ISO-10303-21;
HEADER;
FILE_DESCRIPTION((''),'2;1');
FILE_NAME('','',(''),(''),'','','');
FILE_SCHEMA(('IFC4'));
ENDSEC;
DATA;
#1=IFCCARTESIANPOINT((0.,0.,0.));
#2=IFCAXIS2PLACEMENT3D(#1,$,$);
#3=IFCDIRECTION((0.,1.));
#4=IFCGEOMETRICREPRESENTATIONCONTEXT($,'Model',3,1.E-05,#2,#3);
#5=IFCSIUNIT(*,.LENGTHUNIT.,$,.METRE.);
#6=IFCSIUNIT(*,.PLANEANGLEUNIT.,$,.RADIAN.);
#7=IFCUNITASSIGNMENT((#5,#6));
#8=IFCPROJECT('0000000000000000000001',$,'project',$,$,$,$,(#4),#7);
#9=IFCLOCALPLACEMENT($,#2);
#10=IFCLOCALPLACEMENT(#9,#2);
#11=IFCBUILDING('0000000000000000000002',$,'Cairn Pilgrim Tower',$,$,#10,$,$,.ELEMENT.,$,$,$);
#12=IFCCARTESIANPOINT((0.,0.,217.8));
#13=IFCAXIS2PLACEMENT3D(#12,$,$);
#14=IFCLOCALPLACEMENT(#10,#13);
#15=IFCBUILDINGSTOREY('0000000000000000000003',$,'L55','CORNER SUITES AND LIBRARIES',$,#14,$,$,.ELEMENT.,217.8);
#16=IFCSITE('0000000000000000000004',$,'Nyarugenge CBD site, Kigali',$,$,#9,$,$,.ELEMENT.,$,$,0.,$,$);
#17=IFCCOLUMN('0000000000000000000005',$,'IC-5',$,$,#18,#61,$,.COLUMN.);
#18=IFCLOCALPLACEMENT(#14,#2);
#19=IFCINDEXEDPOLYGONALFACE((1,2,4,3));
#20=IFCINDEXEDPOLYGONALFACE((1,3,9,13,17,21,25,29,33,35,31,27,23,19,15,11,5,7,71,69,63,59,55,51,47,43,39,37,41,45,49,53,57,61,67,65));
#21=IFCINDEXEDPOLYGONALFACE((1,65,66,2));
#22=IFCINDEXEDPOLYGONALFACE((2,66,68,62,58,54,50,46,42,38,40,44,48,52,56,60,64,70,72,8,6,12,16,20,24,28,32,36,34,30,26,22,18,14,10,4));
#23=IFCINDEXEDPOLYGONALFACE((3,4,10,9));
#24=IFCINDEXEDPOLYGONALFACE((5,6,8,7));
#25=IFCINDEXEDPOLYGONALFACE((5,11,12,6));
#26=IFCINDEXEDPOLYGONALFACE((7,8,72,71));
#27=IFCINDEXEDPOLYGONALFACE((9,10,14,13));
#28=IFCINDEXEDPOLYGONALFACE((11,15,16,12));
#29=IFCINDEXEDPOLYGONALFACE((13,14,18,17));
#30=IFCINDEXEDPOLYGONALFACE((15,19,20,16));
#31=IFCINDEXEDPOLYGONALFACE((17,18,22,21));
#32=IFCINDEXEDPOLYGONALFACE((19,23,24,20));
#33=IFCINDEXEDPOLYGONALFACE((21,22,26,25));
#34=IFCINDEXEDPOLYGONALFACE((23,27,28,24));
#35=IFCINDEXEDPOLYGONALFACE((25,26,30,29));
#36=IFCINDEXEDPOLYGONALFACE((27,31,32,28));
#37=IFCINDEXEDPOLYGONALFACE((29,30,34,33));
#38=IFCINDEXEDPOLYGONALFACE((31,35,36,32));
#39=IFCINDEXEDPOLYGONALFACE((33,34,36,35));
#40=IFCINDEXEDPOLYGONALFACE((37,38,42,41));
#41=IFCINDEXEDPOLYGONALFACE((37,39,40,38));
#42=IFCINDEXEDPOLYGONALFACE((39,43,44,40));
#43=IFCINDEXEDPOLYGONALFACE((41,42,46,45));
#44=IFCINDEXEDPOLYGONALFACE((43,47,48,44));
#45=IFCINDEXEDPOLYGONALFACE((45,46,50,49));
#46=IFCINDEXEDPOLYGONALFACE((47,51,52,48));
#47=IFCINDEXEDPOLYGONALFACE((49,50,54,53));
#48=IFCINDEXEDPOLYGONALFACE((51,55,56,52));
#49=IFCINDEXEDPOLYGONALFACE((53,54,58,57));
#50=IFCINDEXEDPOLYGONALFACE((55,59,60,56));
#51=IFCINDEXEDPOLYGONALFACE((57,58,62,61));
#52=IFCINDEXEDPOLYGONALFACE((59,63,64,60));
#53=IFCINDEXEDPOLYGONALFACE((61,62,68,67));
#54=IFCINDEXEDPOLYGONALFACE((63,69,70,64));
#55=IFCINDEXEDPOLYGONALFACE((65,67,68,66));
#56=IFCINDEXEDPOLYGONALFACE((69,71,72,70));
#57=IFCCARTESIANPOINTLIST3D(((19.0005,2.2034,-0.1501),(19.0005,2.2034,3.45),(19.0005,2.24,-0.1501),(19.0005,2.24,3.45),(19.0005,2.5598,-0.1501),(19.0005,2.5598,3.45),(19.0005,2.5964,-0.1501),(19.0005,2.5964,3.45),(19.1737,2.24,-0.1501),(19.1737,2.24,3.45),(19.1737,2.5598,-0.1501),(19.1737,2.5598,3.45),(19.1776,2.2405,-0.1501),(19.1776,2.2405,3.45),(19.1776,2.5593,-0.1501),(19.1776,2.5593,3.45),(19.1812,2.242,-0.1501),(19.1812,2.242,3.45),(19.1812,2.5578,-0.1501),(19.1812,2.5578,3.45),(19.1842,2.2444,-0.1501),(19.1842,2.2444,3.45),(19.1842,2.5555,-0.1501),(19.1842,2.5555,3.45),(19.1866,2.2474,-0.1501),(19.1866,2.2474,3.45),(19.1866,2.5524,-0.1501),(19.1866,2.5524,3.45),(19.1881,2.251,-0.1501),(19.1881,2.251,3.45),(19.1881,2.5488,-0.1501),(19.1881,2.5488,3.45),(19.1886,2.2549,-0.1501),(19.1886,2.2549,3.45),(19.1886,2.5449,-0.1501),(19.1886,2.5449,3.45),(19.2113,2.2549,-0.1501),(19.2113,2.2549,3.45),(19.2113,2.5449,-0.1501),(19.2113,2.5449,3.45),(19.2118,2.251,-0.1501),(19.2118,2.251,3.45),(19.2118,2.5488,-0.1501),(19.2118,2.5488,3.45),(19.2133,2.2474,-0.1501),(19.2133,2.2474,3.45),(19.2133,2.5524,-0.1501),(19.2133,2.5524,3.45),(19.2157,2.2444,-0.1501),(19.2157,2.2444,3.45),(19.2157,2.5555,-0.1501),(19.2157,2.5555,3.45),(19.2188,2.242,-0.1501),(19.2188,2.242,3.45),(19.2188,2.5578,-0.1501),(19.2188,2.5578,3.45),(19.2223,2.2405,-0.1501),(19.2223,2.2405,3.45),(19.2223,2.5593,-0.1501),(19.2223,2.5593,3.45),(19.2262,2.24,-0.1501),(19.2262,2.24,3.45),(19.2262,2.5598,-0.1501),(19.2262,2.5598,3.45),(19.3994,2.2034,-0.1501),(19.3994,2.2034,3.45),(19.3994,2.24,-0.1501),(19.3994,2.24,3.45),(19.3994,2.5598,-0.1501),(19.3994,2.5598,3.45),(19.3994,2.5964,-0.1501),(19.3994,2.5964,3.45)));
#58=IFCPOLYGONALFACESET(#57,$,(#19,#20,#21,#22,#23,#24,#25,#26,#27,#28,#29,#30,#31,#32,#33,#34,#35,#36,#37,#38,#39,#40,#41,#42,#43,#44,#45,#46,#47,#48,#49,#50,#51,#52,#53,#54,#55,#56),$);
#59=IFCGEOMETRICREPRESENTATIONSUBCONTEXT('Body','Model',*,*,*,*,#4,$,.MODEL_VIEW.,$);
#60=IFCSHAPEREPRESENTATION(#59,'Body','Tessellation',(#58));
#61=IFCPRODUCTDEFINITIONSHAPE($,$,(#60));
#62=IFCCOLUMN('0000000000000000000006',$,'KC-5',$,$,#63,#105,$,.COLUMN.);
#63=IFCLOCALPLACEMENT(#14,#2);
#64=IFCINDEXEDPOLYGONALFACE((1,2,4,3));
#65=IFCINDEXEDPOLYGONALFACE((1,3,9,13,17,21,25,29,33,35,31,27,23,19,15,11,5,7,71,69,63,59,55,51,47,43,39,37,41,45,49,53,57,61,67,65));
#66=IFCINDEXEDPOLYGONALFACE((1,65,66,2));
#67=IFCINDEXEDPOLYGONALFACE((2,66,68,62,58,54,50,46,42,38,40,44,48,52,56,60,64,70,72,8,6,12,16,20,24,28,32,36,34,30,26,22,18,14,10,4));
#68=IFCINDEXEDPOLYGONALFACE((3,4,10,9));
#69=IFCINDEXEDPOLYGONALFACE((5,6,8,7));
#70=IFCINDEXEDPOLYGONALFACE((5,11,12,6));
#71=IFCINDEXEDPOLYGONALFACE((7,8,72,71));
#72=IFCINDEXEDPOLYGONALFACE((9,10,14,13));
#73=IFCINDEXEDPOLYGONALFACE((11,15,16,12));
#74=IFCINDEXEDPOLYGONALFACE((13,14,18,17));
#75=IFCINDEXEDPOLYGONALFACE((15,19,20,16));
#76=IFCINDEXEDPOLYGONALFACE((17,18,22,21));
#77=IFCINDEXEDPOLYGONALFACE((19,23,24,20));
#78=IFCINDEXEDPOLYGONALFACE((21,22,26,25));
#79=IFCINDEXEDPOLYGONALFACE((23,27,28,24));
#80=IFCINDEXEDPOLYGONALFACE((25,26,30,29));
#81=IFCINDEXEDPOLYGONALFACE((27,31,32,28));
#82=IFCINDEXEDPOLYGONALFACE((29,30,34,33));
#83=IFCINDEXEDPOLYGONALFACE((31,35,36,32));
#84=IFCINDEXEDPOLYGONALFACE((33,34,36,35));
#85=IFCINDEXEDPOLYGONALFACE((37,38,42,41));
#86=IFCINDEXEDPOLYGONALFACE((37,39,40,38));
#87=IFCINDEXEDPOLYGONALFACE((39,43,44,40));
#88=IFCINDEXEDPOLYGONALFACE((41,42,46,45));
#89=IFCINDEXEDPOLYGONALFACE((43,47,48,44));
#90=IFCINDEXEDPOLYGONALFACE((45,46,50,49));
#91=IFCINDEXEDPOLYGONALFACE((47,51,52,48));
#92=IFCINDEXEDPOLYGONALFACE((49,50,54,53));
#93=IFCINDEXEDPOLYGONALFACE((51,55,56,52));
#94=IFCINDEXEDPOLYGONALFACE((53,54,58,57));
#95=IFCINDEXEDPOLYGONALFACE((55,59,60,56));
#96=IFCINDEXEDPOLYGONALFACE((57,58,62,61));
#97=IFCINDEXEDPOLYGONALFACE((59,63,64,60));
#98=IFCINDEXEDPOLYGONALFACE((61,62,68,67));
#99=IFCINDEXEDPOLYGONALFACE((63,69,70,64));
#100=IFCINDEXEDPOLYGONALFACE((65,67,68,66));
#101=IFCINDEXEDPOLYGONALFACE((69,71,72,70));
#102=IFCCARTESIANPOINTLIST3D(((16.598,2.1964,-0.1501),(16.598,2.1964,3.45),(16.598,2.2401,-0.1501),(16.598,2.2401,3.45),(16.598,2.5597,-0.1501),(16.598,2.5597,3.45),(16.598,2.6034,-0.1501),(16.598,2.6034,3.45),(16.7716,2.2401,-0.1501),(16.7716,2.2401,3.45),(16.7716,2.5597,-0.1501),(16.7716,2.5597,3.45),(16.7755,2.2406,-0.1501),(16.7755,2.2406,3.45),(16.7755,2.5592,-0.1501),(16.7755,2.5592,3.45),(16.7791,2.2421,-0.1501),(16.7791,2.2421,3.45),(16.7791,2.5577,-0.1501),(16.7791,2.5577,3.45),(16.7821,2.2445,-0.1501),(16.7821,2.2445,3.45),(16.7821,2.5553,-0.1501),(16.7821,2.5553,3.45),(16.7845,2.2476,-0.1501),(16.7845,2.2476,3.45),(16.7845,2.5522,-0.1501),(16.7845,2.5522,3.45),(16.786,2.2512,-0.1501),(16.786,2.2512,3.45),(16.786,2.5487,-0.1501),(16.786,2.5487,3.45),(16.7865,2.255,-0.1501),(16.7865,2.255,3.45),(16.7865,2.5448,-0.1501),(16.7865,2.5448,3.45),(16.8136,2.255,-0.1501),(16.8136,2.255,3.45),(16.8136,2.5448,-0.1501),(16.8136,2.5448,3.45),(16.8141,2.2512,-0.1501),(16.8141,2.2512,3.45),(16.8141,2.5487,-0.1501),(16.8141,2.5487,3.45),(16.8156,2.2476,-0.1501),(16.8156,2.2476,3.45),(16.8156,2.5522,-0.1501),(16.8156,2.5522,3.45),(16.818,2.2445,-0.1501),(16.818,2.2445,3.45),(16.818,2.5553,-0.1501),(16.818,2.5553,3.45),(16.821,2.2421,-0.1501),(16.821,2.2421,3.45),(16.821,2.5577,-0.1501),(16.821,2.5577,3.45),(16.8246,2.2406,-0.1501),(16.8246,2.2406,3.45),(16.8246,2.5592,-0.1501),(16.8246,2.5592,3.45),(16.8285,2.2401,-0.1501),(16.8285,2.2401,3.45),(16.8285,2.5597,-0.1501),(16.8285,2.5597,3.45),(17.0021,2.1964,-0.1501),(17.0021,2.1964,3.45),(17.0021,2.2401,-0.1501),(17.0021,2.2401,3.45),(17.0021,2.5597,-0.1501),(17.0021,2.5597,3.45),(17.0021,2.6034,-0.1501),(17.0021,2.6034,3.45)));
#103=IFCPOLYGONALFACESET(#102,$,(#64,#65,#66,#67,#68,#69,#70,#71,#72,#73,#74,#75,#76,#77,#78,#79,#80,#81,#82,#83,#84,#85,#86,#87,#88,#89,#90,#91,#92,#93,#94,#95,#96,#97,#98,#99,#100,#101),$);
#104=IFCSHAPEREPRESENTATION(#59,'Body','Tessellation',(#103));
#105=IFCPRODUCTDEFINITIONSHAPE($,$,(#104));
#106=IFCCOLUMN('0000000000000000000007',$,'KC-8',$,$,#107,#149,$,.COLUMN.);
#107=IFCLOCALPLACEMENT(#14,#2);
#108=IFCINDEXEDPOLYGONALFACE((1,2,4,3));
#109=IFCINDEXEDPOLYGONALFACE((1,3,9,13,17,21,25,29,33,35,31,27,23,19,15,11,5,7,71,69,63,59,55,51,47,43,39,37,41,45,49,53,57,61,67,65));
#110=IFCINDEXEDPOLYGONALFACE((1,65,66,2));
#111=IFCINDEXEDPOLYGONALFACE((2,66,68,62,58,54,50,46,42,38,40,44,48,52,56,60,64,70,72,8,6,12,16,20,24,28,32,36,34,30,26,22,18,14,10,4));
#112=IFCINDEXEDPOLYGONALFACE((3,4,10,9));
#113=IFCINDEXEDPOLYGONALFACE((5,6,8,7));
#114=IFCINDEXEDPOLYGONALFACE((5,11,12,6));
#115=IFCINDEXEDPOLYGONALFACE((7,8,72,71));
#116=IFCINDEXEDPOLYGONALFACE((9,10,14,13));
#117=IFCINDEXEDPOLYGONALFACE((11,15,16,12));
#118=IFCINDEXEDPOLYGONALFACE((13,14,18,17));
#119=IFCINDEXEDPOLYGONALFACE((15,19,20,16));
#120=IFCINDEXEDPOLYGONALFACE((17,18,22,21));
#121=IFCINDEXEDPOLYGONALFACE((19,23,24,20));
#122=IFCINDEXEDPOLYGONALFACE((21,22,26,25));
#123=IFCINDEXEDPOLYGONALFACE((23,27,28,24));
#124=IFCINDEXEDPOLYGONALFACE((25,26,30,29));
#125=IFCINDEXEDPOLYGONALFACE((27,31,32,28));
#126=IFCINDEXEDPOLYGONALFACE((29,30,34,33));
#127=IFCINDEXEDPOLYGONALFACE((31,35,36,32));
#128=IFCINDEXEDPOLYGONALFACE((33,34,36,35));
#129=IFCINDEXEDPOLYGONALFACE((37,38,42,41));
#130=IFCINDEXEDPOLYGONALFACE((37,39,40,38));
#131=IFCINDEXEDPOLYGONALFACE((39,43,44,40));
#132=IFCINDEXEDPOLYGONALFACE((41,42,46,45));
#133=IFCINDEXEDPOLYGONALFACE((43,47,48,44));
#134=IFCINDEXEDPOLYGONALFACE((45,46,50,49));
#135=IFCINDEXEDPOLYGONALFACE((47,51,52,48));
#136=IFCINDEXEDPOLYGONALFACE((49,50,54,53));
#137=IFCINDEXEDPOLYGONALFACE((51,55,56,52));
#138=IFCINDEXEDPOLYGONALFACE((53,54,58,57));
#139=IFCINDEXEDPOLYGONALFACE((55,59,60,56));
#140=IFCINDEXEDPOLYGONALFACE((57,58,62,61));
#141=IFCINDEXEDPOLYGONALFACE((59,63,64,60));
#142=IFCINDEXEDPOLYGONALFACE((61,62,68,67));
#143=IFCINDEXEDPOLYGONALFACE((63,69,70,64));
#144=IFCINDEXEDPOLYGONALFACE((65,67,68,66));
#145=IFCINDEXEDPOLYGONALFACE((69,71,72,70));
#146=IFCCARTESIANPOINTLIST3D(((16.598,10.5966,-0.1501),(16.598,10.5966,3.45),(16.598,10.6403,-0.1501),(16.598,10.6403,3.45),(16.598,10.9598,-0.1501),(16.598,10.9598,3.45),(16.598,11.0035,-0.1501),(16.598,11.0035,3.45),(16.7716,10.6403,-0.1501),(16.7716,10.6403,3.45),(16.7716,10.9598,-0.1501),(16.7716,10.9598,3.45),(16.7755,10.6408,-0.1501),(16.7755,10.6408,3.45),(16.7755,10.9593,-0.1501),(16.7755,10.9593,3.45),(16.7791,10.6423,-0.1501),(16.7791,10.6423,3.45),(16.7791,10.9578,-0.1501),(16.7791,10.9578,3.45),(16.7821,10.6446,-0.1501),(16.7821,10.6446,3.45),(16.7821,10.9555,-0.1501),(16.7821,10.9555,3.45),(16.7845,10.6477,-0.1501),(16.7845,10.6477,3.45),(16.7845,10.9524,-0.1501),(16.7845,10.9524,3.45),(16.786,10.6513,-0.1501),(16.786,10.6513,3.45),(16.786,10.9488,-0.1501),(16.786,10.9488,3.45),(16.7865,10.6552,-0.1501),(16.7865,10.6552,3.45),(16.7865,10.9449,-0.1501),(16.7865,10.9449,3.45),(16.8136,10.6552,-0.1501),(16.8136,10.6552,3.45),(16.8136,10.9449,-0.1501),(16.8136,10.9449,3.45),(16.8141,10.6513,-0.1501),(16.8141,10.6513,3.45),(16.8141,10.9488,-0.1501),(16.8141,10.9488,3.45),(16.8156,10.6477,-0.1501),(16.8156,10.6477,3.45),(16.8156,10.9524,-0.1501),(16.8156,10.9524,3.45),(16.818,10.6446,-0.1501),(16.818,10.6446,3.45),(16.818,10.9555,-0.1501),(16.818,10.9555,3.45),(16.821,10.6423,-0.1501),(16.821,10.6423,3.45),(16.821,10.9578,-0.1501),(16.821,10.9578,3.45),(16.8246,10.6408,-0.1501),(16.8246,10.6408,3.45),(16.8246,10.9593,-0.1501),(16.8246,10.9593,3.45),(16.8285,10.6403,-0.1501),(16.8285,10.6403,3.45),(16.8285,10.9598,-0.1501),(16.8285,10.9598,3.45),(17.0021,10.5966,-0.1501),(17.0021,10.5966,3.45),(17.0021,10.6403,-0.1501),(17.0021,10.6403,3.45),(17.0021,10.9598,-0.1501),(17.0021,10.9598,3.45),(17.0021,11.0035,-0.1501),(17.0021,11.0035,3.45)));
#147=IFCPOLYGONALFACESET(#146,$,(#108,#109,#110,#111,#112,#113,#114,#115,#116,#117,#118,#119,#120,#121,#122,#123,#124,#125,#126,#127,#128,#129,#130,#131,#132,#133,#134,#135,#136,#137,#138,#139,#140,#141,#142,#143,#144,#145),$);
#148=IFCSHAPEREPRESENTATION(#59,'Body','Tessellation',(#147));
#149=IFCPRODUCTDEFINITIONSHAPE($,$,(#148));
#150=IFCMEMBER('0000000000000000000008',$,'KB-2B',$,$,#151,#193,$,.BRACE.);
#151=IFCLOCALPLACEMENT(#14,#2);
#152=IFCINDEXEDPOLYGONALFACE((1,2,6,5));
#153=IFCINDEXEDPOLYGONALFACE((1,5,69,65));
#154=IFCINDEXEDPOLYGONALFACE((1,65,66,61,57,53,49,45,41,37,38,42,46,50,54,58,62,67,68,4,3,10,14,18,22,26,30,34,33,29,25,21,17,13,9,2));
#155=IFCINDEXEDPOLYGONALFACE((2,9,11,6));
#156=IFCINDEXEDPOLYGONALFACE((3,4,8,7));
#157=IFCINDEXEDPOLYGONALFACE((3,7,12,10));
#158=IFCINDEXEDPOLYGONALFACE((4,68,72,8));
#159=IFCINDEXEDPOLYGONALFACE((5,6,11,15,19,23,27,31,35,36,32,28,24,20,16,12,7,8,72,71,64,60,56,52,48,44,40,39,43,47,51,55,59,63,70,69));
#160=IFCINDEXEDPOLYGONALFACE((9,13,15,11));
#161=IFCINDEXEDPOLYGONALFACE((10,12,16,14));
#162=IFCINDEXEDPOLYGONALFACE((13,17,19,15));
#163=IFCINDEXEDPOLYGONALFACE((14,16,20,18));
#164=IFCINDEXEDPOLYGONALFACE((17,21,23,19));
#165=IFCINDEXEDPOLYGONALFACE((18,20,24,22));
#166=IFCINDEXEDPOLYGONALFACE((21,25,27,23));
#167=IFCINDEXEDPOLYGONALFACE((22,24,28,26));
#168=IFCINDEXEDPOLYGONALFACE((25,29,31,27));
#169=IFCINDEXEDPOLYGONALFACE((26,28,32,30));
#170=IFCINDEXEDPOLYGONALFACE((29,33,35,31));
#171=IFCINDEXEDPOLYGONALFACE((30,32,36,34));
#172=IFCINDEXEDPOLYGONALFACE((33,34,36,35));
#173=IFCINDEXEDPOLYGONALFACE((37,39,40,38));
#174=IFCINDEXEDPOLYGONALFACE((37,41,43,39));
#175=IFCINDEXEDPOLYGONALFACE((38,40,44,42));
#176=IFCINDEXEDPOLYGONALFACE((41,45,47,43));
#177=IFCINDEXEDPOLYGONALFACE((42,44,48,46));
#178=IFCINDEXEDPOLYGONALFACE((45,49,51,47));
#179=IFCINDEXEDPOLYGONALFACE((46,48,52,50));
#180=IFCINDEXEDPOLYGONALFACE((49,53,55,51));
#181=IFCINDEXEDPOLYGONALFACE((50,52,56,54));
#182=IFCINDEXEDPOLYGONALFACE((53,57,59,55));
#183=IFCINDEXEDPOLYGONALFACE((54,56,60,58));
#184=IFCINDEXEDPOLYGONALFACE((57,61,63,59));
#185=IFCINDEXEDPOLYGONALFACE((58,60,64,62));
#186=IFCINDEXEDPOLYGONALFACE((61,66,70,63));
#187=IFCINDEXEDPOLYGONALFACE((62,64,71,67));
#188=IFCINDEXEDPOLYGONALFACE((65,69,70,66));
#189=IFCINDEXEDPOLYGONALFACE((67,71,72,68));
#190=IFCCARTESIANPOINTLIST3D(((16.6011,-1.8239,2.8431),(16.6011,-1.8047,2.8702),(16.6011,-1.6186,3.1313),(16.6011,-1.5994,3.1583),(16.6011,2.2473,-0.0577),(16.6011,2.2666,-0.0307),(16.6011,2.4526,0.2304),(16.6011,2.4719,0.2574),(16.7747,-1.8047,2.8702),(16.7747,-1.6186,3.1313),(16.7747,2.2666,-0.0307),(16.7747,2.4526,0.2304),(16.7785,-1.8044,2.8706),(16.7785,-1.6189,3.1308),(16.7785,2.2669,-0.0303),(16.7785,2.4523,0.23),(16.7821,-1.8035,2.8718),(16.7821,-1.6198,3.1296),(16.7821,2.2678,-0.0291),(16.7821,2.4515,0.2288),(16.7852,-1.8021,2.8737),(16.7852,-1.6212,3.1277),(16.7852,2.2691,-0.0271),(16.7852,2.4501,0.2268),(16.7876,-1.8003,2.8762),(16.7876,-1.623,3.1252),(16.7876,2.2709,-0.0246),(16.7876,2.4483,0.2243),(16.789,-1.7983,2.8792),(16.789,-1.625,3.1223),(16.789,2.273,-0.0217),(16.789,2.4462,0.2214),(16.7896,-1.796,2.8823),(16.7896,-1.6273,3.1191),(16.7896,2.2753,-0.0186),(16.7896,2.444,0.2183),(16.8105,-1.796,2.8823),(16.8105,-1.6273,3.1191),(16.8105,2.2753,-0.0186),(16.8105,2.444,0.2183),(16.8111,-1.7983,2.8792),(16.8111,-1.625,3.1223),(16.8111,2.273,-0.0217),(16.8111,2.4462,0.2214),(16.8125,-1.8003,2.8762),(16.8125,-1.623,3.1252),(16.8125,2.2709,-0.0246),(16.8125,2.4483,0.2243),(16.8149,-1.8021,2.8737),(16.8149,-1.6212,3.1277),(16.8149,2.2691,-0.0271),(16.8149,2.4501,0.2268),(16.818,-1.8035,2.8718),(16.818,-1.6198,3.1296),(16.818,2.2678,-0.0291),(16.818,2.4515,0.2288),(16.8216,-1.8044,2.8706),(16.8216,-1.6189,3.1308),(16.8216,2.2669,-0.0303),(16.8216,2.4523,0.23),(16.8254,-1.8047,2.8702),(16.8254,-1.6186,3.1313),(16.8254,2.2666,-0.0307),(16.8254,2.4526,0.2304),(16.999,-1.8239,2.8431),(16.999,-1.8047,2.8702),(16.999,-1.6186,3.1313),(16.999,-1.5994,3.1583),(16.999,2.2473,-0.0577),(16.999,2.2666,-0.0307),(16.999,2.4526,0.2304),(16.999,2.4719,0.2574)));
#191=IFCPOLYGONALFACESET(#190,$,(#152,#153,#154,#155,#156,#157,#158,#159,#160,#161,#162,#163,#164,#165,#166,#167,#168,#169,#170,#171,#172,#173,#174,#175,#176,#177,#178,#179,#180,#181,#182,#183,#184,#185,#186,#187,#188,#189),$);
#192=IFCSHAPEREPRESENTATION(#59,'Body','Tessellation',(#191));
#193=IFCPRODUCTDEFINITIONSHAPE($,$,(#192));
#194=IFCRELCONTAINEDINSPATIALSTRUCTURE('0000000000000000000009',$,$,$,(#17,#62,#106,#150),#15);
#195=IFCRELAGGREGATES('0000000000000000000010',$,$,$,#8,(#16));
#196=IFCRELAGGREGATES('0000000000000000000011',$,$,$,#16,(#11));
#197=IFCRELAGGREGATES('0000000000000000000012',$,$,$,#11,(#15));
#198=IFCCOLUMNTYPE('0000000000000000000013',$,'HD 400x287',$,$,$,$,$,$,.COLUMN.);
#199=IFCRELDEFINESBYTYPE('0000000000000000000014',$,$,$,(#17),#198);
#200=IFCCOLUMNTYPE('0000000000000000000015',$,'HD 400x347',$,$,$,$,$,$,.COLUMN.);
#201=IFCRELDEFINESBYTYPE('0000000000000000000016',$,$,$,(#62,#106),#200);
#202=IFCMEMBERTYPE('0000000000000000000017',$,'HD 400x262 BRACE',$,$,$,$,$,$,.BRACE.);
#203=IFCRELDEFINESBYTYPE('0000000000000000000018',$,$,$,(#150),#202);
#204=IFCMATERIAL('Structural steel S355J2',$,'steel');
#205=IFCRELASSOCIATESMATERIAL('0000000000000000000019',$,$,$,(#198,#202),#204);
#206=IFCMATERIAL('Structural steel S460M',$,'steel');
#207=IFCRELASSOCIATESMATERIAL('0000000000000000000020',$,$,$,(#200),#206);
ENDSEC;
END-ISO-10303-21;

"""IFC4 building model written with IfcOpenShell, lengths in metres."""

from ifc_helpers import new_model, si_unit, direction, frame, origin, origin_2d, place, context, subcontext, project, spatial, i_section, extrude, material, material_profile, profile_set, type_object, element, save


model = new_model("IFC4")

# Units and contexts
model_context = context("Model", 3, precision=1e-05, world=origin(), true_north=direction((0.0, 1.0)))
body_context = subcontext(model_context, "Body", "Model", "MODEL_VIEW")
ifc_project = project(units=[si_unit("LENGTHUNIT", "METRE"), si_unit("PLANEANGLEUNIT", "RADIAN")], contexts=[model_context])

# Site, building, storey
site_placement = place(None, origin())
site = spatial("IfcSite", under=ifc_project, at=site_placement, Name="Nyarugenge CBD site, Kigali", CompositionType="ELEMENT", RefElevation=0.0)
building_placement = place(site_placement, origin())
building = spatial("IfcBuilding", under=site, at=building_placement, Name="Cairn Pilgrim Tower", CompositionType="ELEMENT")
storey_placement = place(building_placement, frame((0.0, 0.0, 217.8)))
storey = spatial("IfcBuildingStorey", under=building, at=storey_placement, Name="L55", Description="CORNER SUITES AND LIBRARIES", CompositionType="ELEMENT", Elevation=217.8)

# Columns
ifc_material_1 = material(Name="Structural steel S355J2", Category="steel")
ifc_material_profile_1 = material_profile(ifc_material_1, i_section(OverallWidth=0.3989, OverallDepth=0.3931, WebThickness=0.0227, FlangeThickness=0.0366, FilletRadius=0.0149, at=origin_2d()), Name="HD 400x287")
ifc_profile_set_1 = profile_set([ifc_material_profile_1], Name="Structural steel S355J2")
column_type_1 = type_object("IfcColumnType", Name="HD 400x287", PredefinedType="COLUMN", material=ifc_profile_set_1)
column_placement = place(storey_placement, frame((19.2, 2.3999, -0.1501), z_axis=(0.0, 0.0, 1.0), x_axis=(1.0, 0.0, 0.0)))
element("IfcColumn", 1, at=column_placement, inside=storey, type_object=column_type_1, Name="IC-5", PredefinedType="COLUMN", context=body_context, shape_type="SweptSolid", body=[
    extrude(i_section(OverallWidth=0.3989, OverallDepth=0.3931, WebThickness=0.0227, FlangeThickness=0.0366, FilletRadius=0.0149, at=origin_2d()), origin(), (0.0, 0.0, 1.0), 3.6001),
])
ifc_material_2 = material(Name="Structural steel S460M", Category="steel")
ifc_material_profile_2 = material_profile(ifc_material_2, i_section(OverallWidth=0.4041, OverallDepth=0.407, WebThickness=0.0271, FlangeThickness=0.0437, FilletRadius=0.0149, at=origin_2d()), Name="HD 400x347")
ifc_profile_set_2 = profile_set([ifc_material_profile_2], Name="Structural steel S460M")
column_type_2 = type_object("IfcColumnType", Name="HD 400x347", PredefinedType="COLUMN", material=ifc_profile_set_2)
for number, where, z_axis, x_axis, name in (
    (2, (16.8, 2.3999, -0.1501), (0.0, 0.0, 1.0), (1.0, 0.0, 0.0), "KC-5"),
    (3, (16.8, 10.8, -0.1501), (0.0, 0.0, 1.0), (1.0, 0.0, 0.0), "KC-8"),
):
    element("IfcColumn", number, at=place(storey_placement, frame(where, z_axis=z_axis, x_axis=x_axis)), inside=storey, type_object=column_type_2, Name=name, PredefinedType="COLUMN", context=body_context, shape_type="SweptSolid", body=[
        extrude(i_section(OverallWidth=0.4041, OverallDepth=0.407, WebThickness=0.0271, FlangeThickness=0.0437, FilletRadius=0.0149, at=origin_2d()), origin(), (0.0, 0.0, 1.0), 3.6001),
    ])

# Member
ifc_material_profile_3 = material_profile(ifc_material_1, i_section(OverallWidth=0.3979, OverallDepth=0.387, WebThickness=0.021, FlangeThickness=0.0332, FilletRadius=0.0149, at=origin_2d()), Name="HD 400x262")
ifc_profile_set_3 = profile_set([ifc_material_profile_3], Name="Structural steel S355J2")
member_type = type_object("IfcMemberType", Name="HD 400x262 BRACE", PredefinedType="BRACE", material=ifc_profile_set_3)
member_1_placement = place(storey_placement, frame((16.8, 2.3596, 0.0999), z_axis=(0.0, -0.814413, 0.580286), x_axis=(1.0, 0.0, 0.0)))
element("IfcMember", 4, at=member_1_placement, inside=storey, type_object=member_type, Name="KB-2B", PredefinedType="BRACE", context=body_context, shape_type="SweptSolid", body=[
    extrude(i_section(OverallWidth=0.3979, OverallDepth=0.387, WebThickness=0.021, FlangeThickness=0.0332, FilletRadius=0.0149, at=origin_2d()), origin(), (0.0, 0.0, 1.0), 4.999),
])

save(model, "model.ifc")
